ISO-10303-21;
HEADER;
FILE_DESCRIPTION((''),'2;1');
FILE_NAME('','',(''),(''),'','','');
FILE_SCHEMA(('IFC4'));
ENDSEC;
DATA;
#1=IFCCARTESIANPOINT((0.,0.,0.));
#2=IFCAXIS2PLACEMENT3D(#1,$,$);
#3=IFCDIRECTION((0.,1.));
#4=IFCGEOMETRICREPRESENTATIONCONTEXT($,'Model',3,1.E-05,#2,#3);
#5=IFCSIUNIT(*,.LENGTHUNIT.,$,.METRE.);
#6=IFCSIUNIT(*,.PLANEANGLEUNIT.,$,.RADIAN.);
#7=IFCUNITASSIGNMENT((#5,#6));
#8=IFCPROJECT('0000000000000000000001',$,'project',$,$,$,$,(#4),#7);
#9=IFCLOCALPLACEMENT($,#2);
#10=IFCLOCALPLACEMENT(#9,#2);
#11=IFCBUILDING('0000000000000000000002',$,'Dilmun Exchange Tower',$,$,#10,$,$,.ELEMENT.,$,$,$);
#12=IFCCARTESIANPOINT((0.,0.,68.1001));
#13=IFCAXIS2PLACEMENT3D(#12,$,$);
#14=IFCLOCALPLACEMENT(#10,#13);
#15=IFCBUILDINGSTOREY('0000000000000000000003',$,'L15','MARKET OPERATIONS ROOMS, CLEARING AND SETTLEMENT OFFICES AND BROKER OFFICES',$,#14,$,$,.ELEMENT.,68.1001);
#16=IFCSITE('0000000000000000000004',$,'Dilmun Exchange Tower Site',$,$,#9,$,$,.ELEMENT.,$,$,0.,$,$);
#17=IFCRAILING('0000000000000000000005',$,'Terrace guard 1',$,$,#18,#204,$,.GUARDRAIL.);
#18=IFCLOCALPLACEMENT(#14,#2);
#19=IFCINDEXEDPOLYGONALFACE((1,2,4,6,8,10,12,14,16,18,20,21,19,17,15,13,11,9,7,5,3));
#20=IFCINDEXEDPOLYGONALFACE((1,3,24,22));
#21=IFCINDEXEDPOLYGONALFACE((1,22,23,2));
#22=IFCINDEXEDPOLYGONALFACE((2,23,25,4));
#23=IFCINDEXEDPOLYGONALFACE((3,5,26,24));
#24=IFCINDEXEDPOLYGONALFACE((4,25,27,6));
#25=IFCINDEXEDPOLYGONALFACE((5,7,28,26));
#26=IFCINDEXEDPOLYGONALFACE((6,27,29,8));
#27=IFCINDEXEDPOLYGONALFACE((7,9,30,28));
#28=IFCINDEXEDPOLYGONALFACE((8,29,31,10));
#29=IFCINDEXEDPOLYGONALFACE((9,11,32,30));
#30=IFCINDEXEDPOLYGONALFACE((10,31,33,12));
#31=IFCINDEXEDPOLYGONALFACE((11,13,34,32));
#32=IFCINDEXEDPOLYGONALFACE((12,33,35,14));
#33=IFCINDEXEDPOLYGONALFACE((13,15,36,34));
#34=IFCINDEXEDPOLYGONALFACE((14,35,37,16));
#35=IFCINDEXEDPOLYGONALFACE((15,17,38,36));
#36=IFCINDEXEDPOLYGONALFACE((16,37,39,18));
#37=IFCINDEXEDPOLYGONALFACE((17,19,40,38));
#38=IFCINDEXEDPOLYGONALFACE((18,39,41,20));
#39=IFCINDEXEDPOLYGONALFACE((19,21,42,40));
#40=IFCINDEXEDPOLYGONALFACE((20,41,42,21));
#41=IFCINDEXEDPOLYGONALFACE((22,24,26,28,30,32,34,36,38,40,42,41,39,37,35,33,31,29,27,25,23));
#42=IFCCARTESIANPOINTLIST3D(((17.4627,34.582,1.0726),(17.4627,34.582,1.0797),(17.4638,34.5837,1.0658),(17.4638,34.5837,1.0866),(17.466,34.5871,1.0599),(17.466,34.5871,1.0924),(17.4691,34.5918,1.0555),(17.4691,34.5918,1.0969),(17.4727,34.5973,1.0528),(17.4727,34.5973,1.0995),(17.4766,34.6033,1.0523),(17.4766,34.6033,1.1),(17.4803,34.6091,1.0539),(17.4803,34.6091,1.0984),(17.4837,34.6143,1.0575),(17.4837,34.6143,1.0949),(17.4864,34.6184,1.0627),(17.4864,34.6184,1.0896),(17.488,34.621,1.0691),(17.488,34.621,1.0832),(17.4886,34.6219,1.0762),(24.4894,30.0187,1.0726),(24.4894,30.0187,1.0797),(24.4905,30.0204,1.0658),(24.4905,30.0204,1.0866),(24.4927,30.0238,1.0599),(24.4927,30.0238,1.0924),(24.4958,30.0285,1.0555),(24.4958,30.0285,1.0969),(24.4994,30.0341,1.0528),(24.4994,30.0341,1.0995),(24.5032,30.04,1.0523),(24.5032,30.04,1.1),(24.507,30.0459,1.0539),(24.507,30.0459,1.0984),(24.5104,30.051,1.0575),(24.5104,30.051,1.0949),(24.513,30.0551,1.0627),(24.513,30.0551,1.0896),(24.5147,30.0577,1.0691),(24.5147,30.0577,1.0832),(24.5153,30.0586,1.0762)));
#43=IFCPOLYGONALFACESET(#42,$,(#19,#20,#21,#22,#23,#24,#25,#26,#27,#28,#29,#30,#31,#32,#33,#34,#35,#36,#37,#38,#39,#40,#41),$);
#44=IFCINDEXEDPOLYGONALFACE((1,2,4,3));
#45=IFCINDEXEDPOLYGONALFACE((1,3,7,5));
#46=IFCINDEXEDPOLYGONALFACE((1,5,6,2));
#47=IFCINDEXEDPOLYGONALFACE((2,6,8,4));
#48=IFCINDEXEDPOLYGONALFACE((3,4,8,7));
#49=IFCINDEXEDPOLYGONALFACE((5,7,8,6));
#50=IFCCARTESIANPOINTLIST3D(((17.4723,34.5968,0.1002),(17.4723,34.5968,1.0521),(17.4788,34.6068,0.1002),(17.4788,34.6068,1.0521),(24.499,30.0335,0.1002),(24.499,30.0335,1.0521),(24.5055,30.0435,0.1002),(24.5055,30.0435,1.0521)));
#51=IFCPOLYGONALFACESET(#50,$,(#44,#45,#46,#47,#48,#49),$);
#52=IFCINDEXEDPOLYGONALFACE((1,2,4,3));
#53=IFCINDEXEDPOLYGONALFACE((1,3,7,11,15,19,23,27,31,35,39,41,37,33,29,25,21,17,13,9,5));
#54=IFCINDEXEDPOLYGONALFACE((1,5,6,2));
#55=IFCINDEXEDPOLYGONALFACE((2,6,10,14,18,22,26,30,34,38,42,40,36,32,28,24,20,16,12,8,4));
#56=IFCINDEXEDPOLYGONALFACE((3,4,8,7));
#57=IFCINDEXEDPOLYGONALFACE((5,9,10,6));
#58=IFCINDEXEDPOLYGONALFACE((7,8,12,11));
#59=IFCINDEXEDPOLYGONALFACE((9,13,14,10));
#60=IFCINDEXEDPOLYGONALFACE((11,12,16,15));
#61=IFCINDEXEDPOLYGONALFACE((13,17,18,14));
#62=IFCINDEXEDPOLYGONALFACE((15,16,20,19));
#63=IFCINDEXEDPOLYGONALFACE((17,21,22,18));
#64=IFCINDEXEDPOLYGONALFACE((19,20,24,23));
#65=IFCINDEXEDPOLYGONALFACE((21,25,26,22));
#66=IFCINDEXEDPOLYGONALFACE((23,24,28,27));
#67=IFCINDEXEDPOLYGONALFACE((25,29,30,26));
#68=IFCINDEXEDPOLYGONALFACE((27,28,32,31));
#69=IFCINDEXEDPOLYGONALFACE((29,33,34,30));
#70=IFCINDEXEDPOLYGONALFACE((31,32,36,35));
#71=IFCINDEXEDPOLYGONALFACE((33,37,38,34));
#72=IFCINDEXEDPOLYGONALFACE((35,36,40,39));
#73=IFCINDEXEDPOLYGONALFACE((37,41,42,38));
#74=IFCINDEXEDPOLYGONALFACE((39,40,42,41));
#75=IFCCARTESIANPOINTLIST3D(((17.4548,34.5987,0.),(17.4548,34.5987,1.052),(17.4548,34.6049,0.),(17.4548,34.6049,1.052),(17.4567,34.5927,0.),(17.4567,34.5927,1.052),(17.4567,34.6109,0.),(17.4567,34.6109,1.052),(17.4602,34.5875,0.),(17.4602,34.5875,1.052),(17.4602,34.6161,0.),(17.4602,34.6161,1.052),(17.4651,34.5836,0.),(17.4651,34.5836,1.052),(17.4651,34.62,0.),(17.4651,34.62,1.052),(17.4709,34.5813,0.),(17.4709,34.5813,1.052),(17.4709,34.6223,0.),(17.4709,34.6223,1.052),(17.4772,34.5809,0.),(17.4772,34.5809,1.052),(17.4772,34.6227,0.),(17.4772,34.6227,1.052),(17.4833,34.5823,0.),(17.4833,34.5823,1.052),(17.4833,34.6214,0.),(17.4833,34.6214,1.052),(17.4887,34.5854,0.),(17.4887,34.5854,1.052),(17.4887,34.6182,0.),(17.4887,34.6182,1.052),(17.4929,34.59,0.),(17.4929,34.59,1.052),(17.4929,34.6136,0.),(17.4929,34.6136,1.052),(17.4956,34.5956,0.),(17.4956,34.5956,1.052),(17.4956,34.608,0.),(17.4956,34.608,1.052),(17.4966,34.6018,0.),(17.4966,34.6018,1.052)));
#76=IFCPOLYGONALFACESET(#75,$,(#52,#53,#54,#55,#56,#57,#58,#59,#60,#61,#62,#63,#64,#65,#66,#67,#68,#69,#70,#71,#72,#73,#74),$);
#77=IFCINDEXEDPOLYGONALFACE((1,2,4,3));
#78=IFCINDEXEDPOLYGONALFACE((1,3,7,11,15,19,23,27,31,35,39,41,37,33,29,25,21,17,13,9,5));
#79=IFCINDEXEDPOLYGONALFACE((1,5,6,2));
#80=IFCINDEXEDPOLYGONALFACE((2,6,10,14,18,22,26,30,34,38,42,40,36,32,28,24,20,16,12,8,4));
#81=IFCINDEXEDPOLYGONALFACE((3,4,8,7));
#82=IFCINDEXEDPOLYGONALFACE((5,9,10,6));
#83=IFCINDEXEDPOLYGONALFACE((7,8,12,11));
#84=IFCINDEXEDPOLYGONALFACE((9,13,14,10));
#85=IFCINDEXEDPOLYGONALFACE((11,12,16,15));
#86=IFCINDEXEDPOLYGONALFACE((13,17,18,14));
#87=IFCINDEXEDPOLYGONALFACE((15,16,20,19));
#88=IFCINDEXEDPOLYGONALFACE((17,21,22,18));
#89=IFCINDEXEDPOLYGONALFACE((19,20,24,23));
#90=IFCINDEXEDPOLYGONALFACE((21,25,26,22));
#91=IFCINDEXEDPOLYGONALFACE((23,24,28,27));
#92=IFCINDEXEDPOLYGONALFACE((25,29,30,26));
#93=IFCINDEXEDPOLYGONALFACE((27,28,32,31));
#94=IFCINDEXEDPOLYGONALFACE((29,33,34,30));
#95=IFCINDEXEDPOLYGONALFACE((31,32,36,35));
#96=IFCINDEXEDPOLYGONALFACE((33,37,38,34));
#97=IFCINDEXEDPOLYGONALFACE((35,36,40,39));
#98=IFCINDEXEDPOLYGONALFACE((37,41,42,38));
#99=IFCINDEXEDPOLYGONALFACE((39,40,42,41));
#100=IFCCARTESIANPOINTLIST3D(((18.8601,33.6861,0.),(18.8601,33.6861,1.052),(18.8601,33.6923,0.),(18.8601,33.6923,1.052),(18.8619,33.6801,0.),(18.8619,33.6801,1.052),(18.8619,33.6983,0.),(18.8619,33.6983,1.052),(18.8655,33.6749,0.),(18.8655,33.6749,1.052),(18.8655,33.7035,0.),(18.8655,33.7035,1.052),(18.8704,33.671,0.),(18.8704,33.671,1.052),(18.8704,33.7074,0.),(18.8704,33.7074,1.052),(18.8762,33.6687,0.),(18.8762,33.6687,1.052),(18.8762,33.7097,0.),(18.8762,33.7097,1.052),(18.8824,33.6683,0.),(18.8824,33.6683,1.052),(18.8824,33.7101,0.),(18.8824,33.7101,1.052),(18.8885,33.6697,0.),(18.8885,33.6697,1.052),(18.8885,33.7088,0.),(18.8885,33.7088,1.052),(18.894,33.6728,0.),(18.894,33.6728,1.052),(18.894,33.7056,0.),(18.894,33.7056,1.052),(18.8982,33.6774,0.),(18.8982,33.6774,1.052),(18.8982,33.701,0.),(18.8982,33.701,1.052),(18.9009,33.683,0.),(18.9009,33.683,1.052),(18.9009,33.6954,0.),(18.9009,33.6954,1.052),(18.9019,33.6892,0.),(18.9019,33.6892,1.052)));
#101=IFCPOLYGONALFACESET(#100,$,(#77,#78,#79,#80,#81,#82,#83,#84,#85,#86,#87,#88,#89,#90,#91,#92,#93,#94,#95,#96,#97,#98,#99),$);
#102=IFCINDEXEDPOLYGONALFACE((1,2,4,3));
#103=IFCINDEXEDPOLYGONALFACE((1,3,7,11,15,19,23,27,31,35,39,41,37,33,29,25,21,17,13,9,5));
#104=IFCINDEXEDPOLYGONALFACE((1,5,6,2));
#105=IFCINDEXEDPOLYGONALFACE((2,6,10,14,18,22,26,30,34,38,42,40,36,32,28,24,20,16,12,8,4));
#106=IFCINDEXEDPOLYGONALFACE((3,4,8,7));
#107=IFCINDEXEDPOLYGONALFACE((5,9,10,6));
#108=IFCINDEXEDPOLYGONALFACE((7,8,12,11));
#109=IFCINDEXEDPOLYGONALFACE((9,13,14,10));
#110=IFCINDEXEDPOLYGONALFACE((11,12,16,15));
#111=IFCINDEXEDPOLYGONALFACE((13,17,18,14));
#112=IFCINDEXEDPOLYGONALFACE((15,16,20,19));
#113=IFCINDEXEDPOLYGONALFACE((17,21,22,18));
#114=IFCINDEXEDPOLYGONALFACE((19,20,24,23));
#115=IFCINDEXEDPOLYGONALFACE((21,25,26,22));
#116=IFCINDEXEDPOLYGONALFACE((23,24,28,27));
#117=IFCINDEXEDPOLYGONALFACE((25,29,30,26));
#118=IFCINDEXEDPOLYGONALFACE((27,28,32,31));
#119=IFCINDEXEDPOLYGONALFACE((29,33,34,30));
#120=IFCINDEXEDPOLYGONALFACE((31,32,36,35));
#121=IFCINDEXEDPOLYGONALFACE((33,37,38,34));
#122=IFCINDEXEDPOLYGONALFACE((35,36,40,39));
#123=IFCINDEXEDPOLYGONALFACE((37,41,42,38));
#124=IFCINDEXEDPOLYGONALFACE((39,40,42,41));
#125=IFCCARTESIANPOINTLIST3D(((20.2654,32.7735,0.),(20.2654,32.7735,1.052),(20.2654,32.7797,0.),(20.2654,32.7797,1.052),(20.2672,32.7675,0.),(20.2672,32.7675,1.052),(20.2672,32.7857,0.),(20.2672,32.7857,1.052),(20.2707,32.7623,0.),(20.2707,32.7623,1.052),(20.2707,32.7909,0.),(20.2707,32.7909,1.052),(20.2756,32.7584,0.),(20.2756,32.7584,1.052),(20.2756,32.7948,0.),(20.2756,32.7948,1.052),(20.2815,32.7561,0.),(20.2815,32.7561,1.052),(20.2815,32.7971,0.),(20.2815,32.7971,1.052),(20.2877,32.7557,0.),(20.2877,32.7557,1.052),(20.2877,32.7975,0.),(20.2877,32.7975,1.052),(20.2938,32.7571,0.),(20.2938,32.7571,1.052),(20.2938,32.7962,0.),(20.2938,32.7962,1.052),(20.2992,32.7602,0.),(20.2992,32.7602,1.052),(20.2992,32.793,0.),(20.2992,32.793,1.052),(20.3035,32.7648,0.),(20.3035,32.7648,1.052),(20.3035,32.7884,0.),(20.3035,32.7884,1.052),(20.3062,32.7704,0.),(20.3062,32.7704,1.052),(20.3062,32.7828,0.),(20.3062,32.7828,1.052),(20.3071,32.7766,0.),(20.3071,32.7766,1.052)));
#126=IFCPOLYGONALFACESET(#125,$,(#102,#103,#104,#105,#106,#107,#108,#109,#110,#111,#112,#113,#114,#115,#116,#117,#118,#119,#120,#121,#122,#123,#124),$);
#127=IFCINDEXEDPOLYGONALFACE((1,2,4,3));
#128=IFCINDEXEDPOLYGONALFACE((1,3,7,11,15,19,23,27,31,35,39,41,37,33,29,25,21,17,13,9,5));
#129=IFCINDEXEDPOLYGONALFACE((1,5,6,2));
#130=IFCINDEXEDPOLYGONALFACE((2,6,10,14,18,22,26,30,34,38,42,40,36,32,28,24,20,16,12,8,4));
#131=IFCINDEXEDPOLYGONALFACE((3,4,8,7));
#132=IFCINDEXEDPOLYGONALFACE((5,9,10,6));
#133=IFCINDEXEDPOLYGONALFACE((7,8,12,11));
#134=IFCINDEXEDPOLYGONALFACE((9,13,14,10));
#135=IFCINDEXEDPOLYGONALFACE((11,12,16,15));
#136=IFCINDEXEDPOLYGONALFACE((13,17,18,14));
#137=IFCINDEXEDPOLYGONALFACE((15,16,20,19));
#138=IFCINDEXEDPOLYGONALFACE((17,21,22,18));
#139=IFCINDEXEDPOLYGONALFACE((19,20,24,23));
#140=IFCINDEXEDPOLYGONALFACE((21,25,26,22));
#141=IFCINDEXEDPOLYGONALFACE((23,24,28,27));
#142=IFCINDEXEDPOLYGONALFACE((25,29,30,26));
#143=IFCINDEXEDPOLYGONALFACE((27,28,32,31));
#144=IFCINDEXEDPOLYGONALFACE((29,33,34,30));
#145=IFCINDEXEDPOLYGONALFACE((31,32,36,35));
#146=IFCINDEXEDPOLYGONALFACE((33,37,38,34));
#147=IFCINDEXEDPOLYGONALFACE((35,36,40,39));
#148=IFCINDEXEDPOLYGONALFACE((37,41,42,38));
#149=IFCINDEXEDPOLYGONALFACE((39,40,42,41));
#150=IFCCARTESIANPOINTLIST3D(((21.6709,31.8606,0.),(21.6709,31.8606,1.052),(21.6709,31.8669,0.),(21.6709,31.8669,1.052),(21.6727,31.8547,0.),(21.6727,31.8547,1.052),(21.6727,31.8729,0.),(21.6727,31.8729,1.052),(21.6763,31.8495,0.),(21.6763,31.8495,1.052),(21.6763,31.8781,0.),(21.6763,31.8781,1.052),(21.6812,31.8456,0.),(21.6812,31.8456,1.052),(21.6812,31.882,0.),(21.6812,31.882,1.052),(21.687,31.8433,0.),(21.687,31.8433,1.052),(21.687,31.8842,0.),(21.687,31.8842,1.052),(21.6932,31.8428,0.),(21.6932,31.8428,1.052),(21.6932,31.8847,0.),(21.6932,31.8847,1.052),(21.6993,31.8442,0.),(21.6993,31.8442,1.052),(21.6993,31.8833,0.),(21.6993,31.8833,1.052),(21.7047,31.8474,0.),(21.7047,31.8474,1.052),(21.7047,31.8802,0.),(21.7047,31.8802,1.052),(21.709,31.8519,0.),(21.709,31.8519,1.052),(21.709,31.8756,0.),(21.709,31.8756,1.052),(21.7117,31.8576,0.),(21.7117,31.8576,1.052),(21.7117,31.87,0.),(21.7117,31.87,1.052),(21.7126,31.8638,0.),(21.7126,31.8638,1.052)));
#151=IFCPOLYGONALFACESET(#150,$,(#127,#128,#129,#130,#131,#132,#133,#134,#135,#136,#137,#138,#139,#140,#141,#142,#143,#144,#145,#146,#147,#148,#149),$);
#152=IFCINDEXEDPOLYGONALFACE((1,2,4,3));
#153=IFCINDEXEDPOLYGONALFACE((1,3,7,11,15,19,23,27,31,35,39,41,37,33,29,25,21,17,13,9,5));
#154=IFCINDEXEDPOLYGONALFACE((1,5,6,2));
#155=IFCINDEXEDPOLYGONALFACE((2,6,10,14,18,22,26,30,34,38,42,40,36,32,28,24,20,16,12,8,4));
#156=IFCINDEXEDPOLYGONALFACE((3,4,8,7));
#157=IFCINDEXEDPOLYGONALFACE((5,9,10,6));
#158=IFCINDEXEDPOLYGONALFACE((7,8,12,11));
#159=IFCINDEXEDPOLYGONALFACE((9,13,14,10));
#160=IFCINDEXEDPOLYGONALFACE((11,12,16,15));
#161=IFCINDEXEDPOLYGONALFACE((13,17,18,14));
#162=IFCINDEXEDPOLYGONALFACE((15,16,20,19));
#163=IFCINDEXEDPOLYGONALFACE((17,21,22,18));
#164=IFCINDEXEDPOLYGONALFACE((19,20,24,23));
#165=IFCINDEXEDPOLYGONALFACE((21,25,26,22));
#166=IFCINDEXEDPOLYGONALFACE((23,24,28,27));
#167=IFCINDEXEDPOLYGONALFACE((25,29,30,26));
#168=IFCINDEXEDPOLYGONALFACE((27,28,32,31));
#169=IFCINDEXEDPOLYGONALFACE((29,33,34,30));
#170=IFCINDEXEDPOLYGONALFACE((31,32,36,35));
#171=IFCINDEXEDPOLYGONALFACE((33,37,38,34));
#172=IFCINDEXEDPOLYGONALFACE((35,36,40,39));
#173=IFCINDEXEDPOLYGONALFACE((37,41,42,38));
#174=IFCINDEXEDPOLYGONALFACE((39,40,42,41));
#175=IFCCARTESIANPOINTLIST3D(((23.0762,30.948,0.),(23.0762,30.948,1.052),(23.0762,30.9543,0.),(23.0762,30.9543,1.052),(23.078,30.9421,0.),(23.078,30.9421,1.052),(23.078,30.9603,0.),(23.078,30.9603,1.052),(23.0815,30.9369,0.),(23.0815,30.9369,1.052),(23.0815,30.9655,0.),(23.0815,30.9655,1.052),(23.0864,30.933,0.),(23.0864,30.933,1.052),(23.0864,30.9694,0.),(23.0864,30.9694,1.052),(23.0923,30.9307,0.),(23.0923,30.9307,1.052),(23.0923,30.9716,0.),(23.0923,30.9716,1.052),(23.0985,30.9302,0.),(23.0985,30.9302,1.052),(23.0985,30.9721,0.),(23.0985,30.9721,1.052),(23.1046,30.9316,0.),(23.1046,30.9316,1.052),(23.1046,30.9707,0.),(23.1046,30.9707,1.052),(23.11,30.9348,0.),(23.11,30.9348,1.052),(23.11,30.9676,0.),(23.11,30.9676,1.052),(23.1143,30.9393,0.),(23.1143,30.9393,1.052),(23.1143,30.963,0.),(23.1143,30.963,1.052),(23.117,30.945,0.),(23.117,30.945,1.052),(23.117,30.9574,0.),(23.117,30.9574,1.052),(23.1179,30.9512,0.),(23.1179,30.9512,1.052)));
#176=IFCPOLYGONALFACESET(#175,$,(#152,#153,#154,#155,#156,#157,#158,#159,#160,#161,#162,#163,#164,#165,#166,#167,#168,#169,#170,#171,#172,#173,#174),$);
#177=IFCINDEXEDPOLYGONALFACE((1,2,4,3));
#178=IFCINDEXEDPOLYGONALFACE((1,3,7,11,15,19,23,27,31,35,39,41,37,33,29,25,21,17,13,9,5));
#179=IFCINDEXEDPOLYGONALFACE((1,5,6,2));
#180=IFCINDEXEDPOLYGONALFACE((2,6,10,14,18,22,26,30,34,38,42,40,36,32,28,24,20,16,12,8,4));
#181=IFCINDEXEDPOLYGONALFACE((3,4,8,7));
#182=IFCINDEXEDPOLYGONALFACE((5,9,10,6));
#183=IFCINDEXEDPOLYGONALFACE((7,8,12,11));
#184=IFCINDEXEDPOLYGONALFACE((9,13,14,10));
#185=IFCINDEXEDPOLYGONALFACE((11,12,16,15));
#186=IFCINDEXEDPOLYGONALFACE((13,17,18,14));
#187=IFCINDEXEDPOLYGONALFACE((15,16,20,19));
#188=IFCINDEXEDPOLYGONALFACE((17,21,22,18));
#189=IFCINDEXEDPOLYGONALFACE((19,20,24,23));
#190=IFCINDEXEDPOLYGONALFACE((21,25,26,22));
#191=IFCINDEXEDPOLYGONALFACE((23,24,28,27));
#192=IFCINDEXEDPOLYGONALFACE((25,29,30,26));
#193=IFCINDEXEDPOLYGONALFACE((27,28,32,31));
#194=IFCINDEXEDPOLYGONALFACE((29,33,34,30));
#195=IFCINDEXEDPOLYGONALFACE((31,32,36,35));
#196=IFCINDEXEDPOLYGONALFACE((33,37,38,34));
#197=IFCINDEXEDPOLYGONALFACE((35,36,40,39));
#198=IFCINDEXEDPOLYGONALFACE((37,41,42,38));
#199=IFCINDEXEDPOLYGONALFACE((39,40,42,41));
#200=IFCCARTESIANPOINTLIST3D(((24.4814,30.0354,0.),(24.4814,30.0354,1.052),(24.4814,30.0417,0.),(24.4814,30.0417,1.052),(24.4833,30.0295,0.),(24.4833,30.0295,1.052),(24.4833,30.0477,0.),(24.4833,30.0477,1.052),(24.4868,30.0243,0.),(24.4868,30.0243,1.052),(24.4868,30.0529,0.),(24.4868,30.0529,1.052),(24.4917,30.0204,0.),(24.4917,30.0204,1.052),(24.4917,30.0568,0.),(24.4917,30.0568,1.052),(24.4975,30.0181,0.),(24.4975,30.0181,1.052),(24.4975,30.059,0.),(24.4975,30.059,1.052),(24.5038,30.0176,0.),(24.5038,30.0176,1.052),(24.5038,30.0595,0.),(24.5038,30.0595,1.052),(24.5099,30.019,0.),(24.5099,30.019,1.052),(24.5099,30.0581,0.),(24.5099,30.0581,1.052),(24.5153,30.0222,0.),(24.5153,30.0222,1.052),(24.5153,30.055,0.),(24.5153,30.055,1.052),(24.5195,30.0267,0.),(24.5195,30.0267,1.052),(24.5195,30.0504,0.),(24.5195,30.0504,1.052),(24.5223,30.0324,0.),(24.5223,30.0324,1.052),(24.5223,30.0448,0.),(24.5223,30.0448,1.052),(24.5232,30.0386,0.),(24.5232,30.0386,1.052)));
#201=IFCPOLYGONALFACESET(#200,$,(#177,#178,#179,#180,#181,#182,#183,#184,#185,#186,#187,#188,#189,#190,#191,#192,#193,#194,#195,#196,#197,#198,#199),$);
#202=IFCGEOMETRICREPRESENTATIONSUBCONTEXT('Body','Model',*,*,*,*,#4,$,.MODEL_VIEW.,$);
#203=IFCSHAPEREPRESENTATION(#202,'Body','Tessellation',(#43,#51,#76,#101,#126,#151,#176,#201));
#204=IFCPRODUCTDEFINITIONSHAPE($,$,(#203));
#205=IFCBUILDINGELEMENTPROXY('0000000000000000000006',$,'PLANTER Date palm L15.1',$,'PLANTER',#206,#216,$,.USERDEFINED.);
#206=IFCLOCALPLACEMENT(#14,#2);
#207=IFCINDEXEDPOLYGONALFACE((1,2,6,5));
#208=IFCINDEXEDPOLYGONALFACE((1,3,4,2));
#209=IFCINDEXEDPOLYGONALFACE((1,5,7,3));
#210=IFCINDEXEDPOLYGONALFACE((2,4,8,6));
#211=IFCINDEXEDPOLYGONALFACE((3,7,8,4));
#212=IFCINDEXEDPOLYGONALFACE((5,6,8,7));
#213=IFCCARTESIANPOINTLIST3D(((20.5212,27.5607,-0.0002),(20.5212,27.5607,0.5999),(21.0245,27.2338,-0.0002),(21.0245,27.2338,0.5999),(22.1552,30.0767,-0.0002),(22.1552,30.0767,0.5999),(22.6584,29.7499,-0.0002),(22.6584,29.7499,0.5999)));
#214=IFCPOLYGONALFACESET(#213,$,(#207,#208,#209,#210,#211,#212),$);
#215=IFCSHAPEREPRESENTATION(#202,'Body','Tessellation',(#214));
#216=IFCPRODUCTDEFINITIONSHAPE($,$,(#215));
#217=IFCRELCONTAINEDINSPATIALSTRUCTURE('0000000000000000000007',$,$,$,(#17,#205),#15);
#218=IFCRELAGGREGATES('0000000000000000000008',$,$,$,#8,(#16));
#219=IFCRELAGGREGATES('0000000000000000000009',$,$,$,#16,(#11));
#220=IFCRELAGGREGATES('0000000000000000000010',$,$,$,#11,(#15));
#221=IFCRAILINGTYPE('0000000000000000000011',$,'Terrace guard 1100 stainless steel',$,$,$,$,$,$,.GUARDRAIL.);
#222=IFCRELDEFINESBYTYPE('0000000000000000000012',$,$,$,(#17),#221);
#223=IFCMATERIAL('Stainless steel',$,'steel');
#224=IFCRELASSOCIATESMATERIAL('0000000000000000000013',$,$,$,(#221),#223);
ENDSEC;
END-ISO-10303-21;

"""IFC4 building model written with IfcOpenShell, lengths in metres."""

from ifc_helpers import new_model, si_unit, direction, frame, origin, origin_2d, place, context, subcontext, project, spatial, rectangle, circle, extrude, material, type_object, element, save


model = new_model("IFC4")

# Units and contexts
model_context = context("Model", 3, precision=1e-05, world=origin(), true_north=direction((0.0, 1.0)))
body_context = subcontext(model_context, "Body", "Model", "MODEL_VIEW")
ifc_project = project(units=[si_unit("LENGTHUNIT", "METRE"), si_unit("PLANEANGLEUNIT", "RADIAN")], contexts=[model_context])

# Site, building, storey
site_placement = place(None, origin())
site = spatial("IfcSite", under=ifc_project, at=site_placement, Name="Dilmun Exchange Tower Site", CompositionType="ELEMENT", RefElevation=0.0)
building_placement = place(site_placement, origin())
building = spatial("IfcBuilding", under=site, at=building_placement, Name="Dilmun Exchange Tower", CompositionType="ELEMENT")
storey_placement = place(building_placement, frame((0.0, 0.0, 68.1001)))
storey = spatial("IfcBuildingStorey", under=building, at=storey_placement, Name="L15", Description="MARKET OPERATIONS ROOMS, CLEARING AND SETTLEMENT OFFICES AND BROKER OFFICES", CompositionType="ELEMENT", Elevation=68.1001)

# Railing
ifc_material_1 = material(Name="Stainless steel", Category="steel")
railing_type = type_object("IfcRailingType", Name="Terrace guard 1100 stainless steel", PredefinedType="GUARDRAIL", material=ifc_material_1)
railing_placement = place(storey_placement, frame((17.4756, 34.6018, 0.0)))
element("IfcRailing", 1, at=railing_placement, inside=storey, type_object=railing_type, Name="Terrace guard 1", PredefinedType="GUARDRAIL", context=body_context, shape_type="SweptSolid", body=[
    extrude(circle(Radius=0.0239, at=origin_2d()), frame((0.0, 0.0, 1.0762), z_axis=(0.838665, -0.544647, 0.0), x_axis=(0.544647, 0.838665, 0.0)), (0.0, 0.0, 1.0), 8.3784),
    extrude(rectangle(XDim=0.012, YDim=0.9519, at=origin_2d()), frame((0.0, 0.0, 0.5762), z_axis=(0.838665, -0.544647, 0.0), x_axis=(0.544647, 0.838665, 0.0)), (0.0, 0.0, 1.0), 8.3784),
    extrude(circle(Radius=0.021, at=origin_2d()), origin(), (0.0, 0.0, 1.0), 1.052),
    extrude(circle(Radius=0.021, at=origin_2d()), frame((1.4053, -0.9126, 0.0)), (0.0, 0.0, 1.0), 1.052),
    extrude(circle(Radius=0.021, at=origin_2d()), frame((2.8105, -1.8252, 0.0)), (0.0, 0.0, 1.0), 1.052),
    extrude(circle(Radius=0.021, at=origin_2d()), frame((4.2161, -2.738, 0.0)), (0.0, 0.0, 1.0), 1.052),
    extrude(circle(Radius=0.021, at=origin_2d()), frame((5.6213, -3.6506, 0.0)), (0.0, 0.0, 1.0), 1.052),
    extrude(circle(Radius=0.021, at=origin_2d()), frame((7.0266, -4.5632, 0.0)), (0.0, 0.0, 1.0), 1.052),
])

# Building element proxy
for number, where, z_axis, x_axis, name in (
    (2, (21.5898, 28.6553, -0.0002), (0.0, 0.0, 1.0), (0.544639, 0.838671, 0.0), "PLANTER Date palm L15.1"),
):
    element("IfcBuildingElementProxy", number, at=place(storey_placement, frame(where, z_axis=z_axis, x_axis=x_axis)), inside=storey, Name=name, ObjectType="PLANTER", PredefinedType="USERDEFINED", context=body_context, shape_type="SweptSolid", body=[
        extrude(rectangle(XDim=3.0, YDim=0.6001, at=origin_2d()), origin(), (0.0, 0.0, 1.0), 0.6001),
    ])

save(model, "model.ifc")
